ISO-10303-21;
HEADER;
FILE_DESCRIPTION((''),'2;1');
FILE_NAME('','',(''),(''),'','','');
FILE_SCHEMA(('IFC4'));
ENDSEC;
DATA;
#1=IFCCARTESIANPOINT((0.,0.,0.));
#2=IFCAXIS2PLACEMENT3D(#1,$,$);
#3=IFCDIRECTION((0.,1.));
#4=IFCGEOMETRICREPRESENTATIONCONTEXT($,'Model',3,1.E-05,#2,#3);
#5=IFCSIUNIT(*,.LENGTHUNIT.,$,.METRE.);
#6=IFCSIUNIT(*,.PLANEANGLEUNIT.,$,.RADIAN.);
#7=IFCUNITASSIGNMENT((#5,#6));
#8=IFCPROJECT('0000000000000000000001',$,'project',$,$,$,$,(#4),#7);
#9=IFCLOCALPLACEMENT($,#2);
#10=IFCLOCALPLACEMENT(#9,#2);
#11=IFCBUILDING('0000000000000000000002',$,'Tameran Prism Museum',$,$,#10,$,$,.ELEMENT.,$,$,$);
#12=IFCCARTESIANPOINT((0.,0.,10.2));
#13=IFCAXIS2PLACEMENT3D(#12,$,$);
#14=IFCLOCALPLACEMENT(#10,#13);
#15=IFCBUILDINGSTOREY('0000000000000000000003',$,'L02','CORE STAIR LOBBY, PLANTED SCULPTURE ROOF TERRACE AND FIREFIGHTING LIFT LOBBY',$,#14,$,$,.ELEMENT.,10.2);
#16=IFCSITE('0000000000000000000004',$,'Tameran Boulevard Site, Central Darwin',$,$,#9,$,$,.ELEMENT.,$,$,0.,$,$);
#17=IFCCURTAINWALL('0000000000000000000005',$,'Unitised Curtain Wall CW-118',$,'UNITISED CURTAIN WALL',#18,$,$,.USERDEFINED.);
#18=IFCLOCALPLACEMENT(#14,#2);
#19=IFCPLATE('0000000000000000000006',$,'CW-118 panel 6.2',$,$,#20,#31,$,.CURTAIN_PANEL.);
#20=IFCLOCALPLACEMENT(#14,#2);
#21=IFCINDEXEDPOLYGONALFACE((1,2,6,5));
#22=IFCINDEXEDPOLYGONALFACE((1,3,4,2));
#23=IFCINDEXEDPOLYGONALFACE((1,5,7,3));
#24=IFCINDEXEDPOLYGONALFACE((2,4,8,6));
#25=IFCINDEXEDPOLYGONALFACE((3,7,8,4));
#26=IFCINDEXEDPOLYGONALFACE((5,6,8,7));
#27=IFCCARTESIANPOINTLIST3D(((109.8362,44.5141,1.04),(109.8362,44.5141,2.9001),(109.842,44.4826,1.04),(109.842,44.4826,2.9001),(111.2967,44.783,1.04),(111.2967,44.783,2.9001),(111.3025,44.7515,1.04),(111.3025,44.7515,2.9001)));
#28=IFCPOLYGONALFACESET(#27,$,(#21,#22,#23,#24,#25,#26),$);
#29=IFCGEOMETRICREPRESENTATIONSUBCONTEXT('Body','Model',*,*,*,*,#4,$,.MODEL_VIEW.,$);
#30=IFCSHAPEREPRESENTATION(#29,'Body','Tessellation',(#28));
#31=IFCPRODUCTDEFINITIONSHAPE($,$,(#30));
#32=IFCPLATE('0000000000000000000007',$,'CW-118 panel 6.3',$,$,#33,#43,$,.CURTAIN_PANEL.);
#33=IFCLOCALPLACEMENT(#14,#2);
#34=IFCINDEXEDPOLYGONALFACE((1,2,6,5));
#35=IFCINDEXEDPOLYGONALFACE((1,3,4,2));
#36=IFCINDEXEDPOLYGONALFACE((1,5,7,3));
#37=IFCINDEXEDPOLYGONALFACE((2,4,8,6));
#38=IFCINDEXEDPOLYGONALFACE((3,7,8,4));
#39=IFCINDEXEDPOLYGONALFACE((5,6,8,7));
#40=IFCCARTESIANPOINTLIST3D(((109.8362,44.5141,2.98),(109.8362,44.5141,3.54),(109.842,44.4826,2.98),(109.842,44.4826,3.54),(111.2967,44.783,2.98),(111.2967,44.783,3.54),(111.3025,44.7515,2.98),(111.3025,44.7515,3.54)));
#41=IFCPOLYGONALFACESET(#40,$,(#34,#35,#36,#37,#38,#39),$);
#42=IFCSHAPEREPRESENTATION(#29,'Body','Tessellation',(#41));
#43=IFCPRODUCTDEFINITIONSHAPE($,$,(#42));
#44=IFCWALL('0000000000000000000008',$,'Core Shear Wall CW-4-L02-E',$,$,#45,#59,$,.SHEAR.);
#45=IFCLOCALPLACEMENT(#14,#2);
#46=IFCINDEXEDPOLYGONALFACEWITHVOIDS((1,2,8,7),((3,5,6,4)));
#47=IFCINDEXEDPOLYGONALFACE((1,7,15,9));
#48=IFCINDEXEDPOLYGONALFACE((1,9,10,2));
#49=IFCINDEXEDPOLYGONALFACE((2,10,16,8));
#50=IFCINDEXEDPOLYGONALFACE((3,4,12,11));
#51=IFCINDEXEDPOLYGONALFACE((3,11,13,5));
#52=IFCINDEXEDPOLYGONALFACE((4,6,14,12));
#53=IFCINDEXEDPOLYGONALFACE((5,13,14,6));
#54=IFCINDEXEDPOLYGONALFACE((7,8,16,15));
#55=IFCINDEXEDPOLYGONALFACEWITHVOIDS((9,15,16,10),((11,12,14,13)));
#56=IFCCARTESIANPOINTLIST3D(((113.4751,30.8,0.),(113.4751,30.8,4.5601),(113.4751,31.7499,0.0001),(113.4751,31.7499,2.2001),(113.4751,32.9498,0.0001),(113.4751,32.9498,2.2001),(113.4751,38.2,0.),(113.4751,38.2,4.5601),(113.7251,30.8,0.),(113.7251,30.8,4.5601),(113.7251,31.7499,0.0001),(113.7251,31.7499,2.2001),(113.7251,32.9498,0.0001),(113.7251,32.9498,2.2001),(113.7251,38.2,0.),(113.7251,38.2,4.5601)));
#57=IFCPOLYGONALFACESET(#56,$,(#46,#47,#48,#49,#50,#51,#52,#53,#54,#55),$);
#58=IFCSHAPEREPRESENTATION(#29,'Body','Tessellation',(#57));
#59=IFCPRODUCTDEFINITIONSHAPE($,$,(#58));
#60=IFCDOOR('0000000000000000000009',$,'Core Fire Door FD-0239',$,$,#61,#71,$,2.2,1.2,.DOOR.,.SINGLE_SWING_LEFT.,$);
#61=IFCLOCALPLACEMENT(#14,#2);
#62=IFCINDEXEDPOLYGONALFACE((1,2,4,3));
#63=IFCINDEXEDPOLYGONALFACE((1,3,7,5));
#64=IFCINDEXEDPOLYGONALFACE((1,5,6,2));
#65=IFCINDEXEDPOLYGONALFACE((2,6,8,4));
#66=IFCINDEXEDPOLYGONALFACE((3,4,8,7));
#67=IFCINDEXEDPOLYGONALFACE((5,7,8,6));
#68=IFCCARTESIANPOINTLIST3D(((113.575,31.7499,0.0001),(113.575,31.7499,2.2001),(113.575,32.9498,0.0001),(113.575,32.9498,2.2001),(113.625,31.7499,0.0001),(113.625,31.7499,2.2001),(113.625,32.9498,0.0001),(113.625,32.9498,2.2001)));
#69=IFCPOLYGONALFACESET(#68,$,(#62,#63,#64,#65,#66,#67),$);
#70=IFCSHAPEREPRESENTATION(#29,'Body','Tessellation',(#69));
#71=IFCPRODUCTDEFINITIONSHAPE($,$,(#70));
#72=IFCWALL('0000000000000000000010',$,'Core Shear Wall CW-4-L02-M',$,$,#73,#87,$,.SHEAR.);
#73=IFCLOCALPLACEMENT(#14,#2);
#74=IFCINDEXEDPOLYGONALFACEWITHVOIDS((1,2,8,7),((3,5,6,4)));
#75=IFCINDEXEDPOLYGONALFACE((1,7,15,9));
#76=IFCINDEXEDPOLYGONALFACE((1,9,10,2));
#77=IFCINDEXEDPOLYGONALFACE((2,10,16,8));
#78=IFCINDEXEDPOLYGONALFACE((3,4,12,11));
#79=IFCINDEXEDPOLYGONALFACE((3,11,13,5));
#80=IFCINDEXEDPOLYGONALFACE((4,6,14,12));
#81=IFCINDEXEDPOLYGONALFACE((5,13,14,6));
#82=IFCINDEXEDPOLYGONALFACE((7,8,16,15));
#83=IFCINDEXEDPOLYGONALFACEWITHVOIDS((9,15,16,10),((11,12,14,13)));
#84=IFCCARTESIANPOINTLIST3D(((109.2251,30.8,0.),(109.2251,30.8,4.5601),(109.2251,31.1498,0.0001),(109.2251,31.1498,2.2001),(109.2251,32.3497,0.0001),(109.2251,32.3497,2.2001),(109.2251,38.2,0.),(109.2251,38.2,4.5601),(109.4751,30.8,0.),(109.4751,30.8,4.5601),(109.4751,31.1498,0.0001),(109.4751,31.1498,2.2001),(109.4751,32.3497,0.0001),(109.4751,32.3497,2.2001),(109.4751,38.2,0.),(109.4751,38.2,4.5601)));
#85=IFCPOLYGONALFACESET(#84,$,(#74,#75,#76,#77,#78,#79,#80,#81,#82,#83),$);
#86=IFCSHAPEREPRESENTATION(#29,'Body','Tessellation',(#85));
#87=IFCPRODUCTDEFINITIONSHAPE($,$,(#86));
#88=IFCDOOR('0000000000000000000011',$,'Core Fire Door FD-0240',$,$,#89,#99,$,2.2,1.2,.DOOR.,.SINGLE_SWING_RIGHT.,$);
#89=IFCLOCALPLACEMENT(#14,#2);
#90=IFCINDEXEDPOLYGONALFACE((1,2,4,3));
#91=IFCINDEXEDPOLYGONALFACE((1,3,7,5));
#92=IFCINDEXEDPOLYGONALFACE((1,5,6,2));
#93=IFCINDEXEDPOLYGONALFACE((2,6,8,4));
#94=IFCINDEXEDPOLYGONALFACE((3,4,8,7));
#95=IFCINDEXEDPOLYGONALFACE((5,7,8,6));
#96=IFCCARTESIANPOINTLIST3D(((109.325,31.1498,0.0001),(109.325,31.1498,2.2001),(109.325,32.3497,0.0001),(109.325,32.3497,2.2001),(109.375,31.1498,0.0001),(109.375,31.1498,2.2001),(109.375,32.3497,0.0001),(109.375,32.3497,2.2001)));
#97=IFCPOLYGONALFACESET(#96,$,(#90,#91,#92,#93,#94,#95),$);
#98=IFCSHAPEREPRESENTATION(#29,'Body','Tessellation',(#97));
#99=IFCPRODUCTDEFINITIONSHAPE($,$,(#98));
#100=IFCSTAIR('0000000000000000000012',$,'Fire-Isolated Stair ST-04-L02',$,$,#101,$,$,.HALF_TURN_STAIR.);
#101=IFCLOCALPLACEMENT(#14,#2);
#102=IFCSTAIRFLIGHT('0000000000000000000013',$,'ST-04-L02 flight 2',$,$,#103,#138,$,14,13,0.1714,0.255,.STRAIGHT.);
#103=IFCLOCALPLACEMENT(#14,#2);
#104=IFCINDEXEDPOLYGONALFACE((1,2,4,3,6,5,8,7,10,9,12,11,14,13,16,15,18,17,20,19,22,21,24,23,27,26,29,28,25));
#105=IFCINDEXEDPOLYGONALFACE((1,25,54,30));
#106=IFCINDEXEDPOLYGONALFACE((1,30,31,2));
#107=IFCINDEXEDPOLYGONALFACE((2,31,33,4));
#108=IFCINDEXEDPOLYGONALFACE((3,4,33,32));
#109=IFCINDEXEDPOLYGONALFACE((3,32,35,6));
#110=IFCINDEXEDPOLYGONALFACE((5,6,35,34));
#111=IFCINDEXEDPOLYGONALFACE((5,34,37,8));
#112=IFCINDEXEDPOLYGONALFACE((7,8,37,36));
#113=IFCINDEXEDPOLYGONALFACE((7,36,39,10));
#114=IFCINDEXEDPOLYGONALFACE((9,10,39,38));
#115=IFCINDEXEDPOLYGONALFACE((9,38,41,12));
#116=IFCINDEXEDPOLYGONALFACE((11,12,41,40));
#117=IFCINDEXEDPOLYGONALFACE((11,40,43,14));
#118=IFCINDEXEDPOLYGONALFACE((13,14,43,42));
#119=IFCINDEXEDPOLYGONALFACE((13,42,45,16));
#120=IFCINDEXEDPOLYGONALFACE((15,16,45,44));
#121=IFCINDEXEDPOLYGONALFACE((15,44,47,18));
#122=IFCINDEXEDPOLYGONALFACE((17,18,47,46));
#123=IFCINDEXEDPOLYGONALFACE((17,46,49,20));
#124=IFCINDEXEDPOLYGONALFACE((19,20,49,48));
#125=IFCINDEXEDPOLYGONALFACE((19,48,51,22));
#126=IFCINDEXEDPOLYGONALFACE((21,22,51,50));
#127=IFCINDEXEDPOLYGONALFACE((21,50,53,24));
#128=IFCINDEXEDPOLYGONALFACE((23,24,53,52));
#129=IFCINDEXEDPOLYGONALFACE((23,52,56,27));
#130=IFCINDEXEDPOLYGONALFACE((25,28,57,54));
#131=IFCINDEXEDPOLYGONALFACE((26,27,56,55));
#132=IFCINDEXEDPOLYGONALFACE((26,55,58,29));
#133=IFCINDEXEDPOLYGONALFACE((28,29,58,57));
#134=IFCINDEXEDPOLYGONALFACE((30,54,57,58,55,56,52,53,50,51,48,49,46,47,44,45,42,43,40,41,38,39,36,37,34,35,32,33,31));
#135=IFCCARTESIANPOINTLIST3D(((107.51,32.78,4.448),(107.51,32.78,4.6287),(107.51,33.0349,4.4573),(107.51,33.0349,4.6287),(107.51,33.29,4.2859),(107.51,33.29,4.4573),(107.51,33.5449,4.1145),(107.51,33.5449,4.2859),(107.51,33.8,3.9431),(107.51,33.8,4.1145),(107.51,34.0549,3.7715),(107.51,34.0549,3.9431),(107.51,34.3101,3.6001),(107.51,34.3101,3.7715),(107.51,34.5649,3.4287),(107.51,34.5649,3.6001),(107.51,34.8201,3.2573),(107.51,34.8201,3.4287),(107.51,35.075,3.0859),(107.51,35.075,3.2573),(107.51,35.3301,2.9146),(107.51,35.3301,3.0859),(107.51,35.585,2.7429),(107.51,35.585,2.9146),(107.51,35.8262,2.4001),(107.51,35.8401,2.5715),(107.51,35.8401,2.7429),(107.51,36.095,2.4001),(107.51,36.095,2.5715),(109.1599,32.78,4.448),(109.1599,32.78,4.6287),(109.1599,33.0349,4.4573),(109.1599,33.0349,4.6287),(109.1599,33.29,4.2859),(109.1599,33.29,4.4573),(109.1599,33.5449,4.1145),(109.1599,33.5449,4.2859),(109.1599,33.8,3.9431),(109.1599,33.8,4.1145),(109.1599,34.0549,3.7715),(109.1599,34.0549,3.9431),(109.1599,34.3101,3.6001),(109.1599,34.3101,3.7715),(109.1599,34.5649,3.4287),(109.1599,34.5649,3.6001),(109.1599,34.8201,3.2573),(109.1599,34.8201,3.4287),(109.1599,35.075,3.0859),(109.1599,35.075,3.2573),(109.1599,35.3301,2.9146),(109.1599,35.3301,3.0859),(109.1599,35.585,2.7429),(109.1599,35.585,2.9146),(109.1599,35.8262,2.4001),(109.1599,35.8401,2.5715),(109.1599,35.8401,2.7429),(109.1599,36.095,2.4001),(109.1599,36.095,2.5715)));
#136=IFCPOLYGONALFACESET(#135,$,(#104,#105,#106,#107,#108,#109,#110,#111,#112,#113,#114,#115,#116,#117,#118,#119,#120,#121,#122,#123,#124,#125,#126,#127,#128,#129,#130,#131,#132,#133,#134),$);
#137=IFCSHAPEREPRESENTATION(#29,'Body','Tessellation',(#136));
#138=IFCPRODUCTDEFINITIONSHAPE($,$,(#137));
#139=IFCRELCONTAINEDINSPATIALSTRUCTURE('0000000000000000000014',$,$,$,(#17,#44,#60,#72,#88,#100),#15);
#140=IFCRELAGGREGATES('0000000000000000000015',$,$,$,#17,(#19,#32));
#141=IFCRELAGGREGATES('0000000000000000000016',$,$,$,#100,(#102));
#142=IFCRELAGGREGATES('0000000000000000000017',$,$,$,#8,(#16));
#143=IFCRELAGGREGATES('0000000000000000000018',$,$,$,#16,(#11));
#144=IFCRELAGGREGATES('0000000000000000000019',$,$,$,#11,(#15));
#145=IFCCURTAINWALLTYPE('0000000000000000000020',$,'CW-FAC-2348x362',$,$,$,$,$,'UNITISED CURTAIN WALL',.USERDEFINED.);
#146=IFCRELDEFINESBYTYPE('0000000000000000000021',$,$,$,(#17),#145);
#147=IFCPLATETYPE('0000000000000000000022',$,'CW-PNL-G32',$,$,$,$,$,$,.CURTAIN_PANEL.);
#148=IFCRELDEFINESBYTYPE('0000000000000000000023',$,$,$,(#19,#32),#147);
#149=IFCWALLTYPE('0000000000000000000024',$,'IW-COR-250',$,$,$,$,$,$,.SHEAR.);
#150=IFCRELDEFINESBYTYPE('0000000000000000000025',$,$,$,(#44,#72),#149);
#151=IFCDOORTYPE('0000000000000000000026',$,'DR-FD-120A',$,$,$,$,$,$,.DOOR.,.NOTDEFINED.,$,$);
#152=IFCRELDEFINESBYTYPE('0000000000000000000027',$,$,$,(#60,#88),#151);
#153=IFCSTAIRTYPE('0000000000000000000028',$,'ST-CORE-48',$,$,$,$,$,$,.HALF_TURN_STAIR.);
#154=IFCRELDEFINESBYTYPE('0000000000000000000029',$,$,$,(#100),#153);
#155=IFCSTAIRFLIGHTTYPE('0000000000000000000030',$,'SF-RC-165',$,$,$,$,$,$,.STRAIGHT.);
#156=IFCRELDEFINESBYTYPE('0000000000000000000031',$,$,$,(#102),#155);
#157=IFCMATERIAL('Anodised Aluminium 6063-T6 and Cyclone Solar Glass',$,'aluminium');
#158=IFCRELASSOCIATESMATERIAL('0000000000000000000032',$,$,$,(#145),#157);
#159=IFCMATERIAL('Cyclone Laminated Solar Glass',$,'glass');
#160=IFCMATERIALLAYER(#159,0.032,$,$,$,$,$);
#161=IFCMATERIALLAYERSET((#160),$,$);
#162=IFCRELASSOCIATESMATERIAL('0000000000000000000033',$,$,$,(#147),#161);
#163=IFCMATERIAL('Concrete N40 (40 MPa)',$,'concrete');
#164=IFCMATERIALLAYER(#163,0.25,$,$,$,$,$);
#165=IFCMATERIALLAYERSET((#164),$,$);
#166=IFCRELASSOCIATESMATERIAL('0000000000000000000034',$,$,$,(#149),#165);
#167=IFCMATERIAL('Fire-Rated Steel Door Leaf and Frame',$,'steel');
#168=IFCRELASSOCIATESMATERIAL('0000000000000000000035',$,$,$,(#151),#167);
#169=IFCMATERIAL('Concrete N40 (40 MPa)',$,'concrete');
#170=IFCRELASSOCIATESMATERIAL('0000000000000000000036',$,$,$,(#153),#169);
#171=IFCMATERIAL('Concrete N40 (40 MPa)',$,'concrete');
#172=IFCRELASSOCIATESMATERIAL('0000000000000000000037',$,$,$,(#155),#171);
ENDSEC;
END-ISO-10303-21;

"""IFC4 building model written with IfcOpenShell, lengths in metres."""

from ifc_helpers import new_model, si_unit, direction, frame, frame_2d, origin, origin_2d, place, context, subcontext, project, spatial, polyline, rectangle, outline, extrude, material, layer, layer_set, type_object, element, fill, aggregate, save


model = new_model("IFC4")

# Units and contexts
model_context = context("Model", 3, precision=1e-05, world=origin(), true_north=direction((0.0, 1.0)))
body_context = subcontext(model_context, "Body", "Model", "MODEL_VIEW")
ifc_project = project(units=[si_unit("LENGTHUNIT", "METRE"), si_unit("PLANEANGLEUNIT", "RADIAN")], contexts=[model_context])

# Site, building, storey
site_placement = place(None, origin())
site = spatial("IfcSite", under=ifc_project, at=site_placement, Name="Tameran Boulevard Site, Central Darwin", CompositionType="ELEMENT", RefElevation=0.0)
building_placement = place(site_placement, origin())
building = spatial("IfcBuilding", under=site, at=building_placement, Name="Tameran Prism Museum", CompositionType="ELEMENT")
storey_placement = place(building_placement, frame((0.0, 0.0, 10.2)))
storey = spatial("IfcBuildingStorey", under=building, at=storey_placement, Name="L02", Description="CORE STAIR LOBBY, PLANTED SCULPTURE ROOF TERRACE AND FIREFIGHTING LIFT LOBBY", CompositionType="ELEMENT", Elevation=10.2)

# Curtain wall, plates
ifc_material_1 = material(Name="Anodised Aluminium 6063-T6 and Cyclone Solar Glass", Category="aluminium")
curtain_wall_type = type_object("IfcCurtainWallType", Name="CW-FAC-2348x362", ElementType="UNITISED CURTAIN WALL", PredefinedType="USERDEFINED", material=ifc_material_1)
curtain_wall_placement = place(storey_placement, origin())
curtain_wall = element("IfcCurtainWall", 1, at=curtain_wall_placement, inside=storey, type_object=curtain_wall_type, Name="Unitised Curtain Wall CW-118", ObjectType="UNITISED CURTAIN WALL", PredefinedType="USERDEFINED")
ifc_material_2 = material(Name="Cyclone Laminated Solar Glass", Category="glass")
ifc_layer_1 = layer(ifc_material_2, 0.032)
ifc_layer_set_1 = layer_set([ifc_layer_1])
plate_type = type_object("IfcPlateType", Name="CW-PNL-G32", PredefinedType="CURTAIN_PANEL", material=ifc_layer_set_1)
plate_1_placement = place(storey_placement, frame((110.5693, 44.6328, 1.04), z_axis=(0.0, 0.0, 1.0), x_axis=(0.983472, 0.181063, 0.0)))
plate_1 = element("IfcPlate", 2, at=plate_1_placement, type_object=plate_type, Name="CW-118 panel 6.2", PredefinedType="CURTAIN_PANEL", context=body_context, shape_type="SweptSolid", body=[
    extrude(rectangle(XDim=1.4851, YDim=0.032, at=origin_2d()), origin(), (0.0, 0.0, 1.0), 1.8601),
])
plate_2_placement = place(storey_placement, frame((110.5693, 44.6328, 2.98), z_axis=(0.0, 0.0, 1.0), x_axis=(0.983472, 0.181063, 0.0)))
plate_2 = element("IfcPlate", 3, at=plate_2_placement, type_object=plate_type, Name="CW-118 panel 6.3", PredefinedType="CURTAIN_PANEL", context=body_context, shape_type="SweptSolid", body=[
    extrude(rectangle(XDim=1.4851, YDim=0.032, at=origin_2d()), origin(), (0.0, 0.0, 1.0), 0.5601),
])
aggregate(curtain_wall, [plate_1, plate_2])

# Walls, openings, doors
ifc_material_3 = material(Name="Concrete N40 (40 MPa)", Category="concrete")
ifc_layer_2 = layer(ifc_material_3, 0.25)
ifc_layer_set_2 = layer_set([ifc_layer_2])
wall_type = type_object("IfcWallType", Name="IW-COR-250", PredefinedType="SHEAR", material=ifc_layer_set_2)
wall_1_placement = place(storey_placement, frame((113.6001, 38.2, 0.0), z_axis=(0.0, 0.0, 1.0), x_axis=(0.0, -1.0, 0.0)))
wall_1 = element("IfcWall", 4, at=wall_1_placement, inside=storey, type_object=wall_type, Name="Core Shear Wall CW-4-L02-E", PredefinedType="SHEAR", context=body_context, shape_type="SweptSolid", body=[
    extrude(rectangle(XDim=7.3999, YDim=0.25, at=frame_2d((3.7, 0.0))), origin(), (0.0, 0.0, 1.0), 4.5601),
])
opening_1_placement = place(wall_1_placement, frame((5.25, 0.0, 0.0)))
opening_1 = element("IfcOpeningElement", 5, at=opening_1_placement, cuts=wall_1, PredefinedType="OPENING", context=body_context, shape_type="SweptSolid", body=[
    extrude(rectangle(XDim=1.2, YDim=2.2, at=frame_2d((0.6001, 1.1001))), frame((0.0, 0.135, 0.0), z_axis=(0.0, -1.0, 0.0), x_axis=(1.0, 0.0, 0.0)), (0.0, 0.0, 1.0), 0.27),
])
ifc_material_4 = material(Name="Fire-Rated Steel Door Leaf and Frame", Category="steel")
door_type = type_object("IfcDoorType", Name="DR-FD-120A", OperationType="NOTDEFINED", PredefinedType="DOOR", material=ifc_material_4)
door_1_placement = place(opening_1_placement, origin())
door_1 = element("IfcDoor", 6, at=door_1_placement, inside=storey, type_object=door_type, Name="Core Fire Door FD-0239", OperationType="SINGLE_SWING_LEFT", OverallHeight=2.2, OverallWidth=1.2, PredefinedType="DOOR", context=body_context, shape_type="SweptSolid", body=[
    extrude(rectangle(XDim=1.2, YDim=2.2, at=frame_2d((0.6001, 1.1001))), frame((0.0, 0.0249, 0.0), z_axis=(0.0, -1.0, 0.0), x_axis=(1.0, 0.0, 0.0)), (0.0, 0.0, 1.0), 0.05),
])
fill(opening_1, door_1)
wall_2_placement = place(storey_placement, frame((109.3501, 38.2, 0.0), z_axis=(0.0, 0.0, 1.0), x_axis=(0.0, -1.0, 0.0)))
wall_2 = element("IfcWall", 7, at=wall_2_placement, inside=storey, type_object=wall_type, Name="Core Shear Wall CW-4-L02-M", PredefinedType="SHEAR", context=body_context, shape_type="SweptSolid", body=[
    extrude(rectangle(XDim=7.3999, YDim=0.25, at=frame_2d((3.7, 0.0))), origin(), (0.0, 0.0, 1.0), 4.5601),
])
opening_2_placement = place(wall_2_placement, frame((5.8501, 0.0, 0.0)))
opening_2 = element("IfcOpeningElement", 8, at=opening_2_placement, cuts=wall_2, PredefinedType="OPENING", context=body_context, shape_type="SweptSolid", body=[
    extrude(rectangle(XDim=1.2, YDim=2.2, at=frame_2d((0.6001, 1.1001))), frame((0.0, 0.135, 0.0), z_axis=(0.0, -1.0, 0.0), x_axis=(1.0, 0.0, 0.0)), (0.0, 0.0, 1.0), 0.27),
])
door_2_placement = place(opening_2_placement, origin())
door_2 = element("IfcDoor", 9, at=door_2_placement, inside=storey, type_object=door_type, Name="Core Fire Door FD-0240", OperationType="SINGLE_SWING_RIGHT", OverallHeight=2.2, OverallWidth=1.2, PredefinedType="DOOR", context=body_context, shape_type="SweptSolid", body=[
    extrude(rectangle(XDim=1.2, YDim=2.2, at=frame_2d((0.6001, 1.1001))), frame((0.0, 0.0249, 0.0), z_axis=(0.0, -1.0, 0.0), x_axis=(1.0, 0.0, 0.0)), (0.0, 0.0, 1.0), 0.05),
])
fill(opening_2, door_2)

# Stair, stair flight
ifc_material_5 = material(Name="Concrete N40 (40 MPa)", Category="concrete")
stair_type = type_object("IfcStairType", Name="ST-CORE-48", PredefinedType="HALF_TURN_STAIR", material=ifc_material_5)
stair_placement = place(storey_placement, origin())
stair = element("IfcStair", 10, at=stair_placement, inside=storey, type_object=stair_type, Name="Fire-Isolated Stair ST-04-L02", PredefinedType="HALF_TURN_STAIR")
ifc_material_6 = material(Name="Concrete N40 (40 MPa)", Category="concrete")
stair_flight_type = type_object("IfcStairFlightType", Name="SF-RC-165", PredefinedType="STRAIGHT", material=ifc_material_6)
stair_flight_placement = place(storey_placement, frame((108.335, 36.095, 2.4001), z_axis=(0.0, 0.0, 1.0), x_axis=(0.0, -1.0, 0.0)))
stair_flight = element("IfcStairFlight", 11, at=stair_flight_placement, type_object=stair_flight_type, Name="ST-04-L02 flight 2", NumberOfRisers=14, NumberOfTreads=13, PredefinedType="STRAIGHT", RiserHeight=0.1714, TreadLength=0.255, context=body_context, shape_type="SweptSolid", body=[
    extrude(outline(polyline([(0.0, 0.0), (0.0, 0.1714), (0.2549, 0.1714), (0.2549, 0.3428), (0.51, 0.3428), (0.51, 0.5144), (0.7649, 0.5144), (0.7649, 0.6858), (1.02, 0.6858), (1.02, 0.8572), (1.2749, 0.8572), (1.2749, 1.0286), (1.53, 1.0286), (1.53, 1.2), (1.7849, 1.2), (1.7849, 1.3713), (2.04, 1.3713), (2.04, 1.543), (2.2949, 1.543), (2.2949, 1.7144), (2.55, 1.7144), (2.55, 1.8857), (2.8049, 1.8857), (2.8049, 2.0571), (3.0601, 2.0571), (3.0601, 2.2285), (3.3149, 2.2285), (3.3149, 2.3999), (3.3149, 2.0479), (0.2688, 0.0), (0.0, 0.0)])), frame((0.0, 0.825, 0.0), z_axis=(0.0, -1.0, 0.0), x_axis=(1.0, 0.0, 0.0)), (0.0, 0.0, 1.0), 1.6499),
])
aggregate(stair, [stair_flight])

save(model, "model.ifc")
